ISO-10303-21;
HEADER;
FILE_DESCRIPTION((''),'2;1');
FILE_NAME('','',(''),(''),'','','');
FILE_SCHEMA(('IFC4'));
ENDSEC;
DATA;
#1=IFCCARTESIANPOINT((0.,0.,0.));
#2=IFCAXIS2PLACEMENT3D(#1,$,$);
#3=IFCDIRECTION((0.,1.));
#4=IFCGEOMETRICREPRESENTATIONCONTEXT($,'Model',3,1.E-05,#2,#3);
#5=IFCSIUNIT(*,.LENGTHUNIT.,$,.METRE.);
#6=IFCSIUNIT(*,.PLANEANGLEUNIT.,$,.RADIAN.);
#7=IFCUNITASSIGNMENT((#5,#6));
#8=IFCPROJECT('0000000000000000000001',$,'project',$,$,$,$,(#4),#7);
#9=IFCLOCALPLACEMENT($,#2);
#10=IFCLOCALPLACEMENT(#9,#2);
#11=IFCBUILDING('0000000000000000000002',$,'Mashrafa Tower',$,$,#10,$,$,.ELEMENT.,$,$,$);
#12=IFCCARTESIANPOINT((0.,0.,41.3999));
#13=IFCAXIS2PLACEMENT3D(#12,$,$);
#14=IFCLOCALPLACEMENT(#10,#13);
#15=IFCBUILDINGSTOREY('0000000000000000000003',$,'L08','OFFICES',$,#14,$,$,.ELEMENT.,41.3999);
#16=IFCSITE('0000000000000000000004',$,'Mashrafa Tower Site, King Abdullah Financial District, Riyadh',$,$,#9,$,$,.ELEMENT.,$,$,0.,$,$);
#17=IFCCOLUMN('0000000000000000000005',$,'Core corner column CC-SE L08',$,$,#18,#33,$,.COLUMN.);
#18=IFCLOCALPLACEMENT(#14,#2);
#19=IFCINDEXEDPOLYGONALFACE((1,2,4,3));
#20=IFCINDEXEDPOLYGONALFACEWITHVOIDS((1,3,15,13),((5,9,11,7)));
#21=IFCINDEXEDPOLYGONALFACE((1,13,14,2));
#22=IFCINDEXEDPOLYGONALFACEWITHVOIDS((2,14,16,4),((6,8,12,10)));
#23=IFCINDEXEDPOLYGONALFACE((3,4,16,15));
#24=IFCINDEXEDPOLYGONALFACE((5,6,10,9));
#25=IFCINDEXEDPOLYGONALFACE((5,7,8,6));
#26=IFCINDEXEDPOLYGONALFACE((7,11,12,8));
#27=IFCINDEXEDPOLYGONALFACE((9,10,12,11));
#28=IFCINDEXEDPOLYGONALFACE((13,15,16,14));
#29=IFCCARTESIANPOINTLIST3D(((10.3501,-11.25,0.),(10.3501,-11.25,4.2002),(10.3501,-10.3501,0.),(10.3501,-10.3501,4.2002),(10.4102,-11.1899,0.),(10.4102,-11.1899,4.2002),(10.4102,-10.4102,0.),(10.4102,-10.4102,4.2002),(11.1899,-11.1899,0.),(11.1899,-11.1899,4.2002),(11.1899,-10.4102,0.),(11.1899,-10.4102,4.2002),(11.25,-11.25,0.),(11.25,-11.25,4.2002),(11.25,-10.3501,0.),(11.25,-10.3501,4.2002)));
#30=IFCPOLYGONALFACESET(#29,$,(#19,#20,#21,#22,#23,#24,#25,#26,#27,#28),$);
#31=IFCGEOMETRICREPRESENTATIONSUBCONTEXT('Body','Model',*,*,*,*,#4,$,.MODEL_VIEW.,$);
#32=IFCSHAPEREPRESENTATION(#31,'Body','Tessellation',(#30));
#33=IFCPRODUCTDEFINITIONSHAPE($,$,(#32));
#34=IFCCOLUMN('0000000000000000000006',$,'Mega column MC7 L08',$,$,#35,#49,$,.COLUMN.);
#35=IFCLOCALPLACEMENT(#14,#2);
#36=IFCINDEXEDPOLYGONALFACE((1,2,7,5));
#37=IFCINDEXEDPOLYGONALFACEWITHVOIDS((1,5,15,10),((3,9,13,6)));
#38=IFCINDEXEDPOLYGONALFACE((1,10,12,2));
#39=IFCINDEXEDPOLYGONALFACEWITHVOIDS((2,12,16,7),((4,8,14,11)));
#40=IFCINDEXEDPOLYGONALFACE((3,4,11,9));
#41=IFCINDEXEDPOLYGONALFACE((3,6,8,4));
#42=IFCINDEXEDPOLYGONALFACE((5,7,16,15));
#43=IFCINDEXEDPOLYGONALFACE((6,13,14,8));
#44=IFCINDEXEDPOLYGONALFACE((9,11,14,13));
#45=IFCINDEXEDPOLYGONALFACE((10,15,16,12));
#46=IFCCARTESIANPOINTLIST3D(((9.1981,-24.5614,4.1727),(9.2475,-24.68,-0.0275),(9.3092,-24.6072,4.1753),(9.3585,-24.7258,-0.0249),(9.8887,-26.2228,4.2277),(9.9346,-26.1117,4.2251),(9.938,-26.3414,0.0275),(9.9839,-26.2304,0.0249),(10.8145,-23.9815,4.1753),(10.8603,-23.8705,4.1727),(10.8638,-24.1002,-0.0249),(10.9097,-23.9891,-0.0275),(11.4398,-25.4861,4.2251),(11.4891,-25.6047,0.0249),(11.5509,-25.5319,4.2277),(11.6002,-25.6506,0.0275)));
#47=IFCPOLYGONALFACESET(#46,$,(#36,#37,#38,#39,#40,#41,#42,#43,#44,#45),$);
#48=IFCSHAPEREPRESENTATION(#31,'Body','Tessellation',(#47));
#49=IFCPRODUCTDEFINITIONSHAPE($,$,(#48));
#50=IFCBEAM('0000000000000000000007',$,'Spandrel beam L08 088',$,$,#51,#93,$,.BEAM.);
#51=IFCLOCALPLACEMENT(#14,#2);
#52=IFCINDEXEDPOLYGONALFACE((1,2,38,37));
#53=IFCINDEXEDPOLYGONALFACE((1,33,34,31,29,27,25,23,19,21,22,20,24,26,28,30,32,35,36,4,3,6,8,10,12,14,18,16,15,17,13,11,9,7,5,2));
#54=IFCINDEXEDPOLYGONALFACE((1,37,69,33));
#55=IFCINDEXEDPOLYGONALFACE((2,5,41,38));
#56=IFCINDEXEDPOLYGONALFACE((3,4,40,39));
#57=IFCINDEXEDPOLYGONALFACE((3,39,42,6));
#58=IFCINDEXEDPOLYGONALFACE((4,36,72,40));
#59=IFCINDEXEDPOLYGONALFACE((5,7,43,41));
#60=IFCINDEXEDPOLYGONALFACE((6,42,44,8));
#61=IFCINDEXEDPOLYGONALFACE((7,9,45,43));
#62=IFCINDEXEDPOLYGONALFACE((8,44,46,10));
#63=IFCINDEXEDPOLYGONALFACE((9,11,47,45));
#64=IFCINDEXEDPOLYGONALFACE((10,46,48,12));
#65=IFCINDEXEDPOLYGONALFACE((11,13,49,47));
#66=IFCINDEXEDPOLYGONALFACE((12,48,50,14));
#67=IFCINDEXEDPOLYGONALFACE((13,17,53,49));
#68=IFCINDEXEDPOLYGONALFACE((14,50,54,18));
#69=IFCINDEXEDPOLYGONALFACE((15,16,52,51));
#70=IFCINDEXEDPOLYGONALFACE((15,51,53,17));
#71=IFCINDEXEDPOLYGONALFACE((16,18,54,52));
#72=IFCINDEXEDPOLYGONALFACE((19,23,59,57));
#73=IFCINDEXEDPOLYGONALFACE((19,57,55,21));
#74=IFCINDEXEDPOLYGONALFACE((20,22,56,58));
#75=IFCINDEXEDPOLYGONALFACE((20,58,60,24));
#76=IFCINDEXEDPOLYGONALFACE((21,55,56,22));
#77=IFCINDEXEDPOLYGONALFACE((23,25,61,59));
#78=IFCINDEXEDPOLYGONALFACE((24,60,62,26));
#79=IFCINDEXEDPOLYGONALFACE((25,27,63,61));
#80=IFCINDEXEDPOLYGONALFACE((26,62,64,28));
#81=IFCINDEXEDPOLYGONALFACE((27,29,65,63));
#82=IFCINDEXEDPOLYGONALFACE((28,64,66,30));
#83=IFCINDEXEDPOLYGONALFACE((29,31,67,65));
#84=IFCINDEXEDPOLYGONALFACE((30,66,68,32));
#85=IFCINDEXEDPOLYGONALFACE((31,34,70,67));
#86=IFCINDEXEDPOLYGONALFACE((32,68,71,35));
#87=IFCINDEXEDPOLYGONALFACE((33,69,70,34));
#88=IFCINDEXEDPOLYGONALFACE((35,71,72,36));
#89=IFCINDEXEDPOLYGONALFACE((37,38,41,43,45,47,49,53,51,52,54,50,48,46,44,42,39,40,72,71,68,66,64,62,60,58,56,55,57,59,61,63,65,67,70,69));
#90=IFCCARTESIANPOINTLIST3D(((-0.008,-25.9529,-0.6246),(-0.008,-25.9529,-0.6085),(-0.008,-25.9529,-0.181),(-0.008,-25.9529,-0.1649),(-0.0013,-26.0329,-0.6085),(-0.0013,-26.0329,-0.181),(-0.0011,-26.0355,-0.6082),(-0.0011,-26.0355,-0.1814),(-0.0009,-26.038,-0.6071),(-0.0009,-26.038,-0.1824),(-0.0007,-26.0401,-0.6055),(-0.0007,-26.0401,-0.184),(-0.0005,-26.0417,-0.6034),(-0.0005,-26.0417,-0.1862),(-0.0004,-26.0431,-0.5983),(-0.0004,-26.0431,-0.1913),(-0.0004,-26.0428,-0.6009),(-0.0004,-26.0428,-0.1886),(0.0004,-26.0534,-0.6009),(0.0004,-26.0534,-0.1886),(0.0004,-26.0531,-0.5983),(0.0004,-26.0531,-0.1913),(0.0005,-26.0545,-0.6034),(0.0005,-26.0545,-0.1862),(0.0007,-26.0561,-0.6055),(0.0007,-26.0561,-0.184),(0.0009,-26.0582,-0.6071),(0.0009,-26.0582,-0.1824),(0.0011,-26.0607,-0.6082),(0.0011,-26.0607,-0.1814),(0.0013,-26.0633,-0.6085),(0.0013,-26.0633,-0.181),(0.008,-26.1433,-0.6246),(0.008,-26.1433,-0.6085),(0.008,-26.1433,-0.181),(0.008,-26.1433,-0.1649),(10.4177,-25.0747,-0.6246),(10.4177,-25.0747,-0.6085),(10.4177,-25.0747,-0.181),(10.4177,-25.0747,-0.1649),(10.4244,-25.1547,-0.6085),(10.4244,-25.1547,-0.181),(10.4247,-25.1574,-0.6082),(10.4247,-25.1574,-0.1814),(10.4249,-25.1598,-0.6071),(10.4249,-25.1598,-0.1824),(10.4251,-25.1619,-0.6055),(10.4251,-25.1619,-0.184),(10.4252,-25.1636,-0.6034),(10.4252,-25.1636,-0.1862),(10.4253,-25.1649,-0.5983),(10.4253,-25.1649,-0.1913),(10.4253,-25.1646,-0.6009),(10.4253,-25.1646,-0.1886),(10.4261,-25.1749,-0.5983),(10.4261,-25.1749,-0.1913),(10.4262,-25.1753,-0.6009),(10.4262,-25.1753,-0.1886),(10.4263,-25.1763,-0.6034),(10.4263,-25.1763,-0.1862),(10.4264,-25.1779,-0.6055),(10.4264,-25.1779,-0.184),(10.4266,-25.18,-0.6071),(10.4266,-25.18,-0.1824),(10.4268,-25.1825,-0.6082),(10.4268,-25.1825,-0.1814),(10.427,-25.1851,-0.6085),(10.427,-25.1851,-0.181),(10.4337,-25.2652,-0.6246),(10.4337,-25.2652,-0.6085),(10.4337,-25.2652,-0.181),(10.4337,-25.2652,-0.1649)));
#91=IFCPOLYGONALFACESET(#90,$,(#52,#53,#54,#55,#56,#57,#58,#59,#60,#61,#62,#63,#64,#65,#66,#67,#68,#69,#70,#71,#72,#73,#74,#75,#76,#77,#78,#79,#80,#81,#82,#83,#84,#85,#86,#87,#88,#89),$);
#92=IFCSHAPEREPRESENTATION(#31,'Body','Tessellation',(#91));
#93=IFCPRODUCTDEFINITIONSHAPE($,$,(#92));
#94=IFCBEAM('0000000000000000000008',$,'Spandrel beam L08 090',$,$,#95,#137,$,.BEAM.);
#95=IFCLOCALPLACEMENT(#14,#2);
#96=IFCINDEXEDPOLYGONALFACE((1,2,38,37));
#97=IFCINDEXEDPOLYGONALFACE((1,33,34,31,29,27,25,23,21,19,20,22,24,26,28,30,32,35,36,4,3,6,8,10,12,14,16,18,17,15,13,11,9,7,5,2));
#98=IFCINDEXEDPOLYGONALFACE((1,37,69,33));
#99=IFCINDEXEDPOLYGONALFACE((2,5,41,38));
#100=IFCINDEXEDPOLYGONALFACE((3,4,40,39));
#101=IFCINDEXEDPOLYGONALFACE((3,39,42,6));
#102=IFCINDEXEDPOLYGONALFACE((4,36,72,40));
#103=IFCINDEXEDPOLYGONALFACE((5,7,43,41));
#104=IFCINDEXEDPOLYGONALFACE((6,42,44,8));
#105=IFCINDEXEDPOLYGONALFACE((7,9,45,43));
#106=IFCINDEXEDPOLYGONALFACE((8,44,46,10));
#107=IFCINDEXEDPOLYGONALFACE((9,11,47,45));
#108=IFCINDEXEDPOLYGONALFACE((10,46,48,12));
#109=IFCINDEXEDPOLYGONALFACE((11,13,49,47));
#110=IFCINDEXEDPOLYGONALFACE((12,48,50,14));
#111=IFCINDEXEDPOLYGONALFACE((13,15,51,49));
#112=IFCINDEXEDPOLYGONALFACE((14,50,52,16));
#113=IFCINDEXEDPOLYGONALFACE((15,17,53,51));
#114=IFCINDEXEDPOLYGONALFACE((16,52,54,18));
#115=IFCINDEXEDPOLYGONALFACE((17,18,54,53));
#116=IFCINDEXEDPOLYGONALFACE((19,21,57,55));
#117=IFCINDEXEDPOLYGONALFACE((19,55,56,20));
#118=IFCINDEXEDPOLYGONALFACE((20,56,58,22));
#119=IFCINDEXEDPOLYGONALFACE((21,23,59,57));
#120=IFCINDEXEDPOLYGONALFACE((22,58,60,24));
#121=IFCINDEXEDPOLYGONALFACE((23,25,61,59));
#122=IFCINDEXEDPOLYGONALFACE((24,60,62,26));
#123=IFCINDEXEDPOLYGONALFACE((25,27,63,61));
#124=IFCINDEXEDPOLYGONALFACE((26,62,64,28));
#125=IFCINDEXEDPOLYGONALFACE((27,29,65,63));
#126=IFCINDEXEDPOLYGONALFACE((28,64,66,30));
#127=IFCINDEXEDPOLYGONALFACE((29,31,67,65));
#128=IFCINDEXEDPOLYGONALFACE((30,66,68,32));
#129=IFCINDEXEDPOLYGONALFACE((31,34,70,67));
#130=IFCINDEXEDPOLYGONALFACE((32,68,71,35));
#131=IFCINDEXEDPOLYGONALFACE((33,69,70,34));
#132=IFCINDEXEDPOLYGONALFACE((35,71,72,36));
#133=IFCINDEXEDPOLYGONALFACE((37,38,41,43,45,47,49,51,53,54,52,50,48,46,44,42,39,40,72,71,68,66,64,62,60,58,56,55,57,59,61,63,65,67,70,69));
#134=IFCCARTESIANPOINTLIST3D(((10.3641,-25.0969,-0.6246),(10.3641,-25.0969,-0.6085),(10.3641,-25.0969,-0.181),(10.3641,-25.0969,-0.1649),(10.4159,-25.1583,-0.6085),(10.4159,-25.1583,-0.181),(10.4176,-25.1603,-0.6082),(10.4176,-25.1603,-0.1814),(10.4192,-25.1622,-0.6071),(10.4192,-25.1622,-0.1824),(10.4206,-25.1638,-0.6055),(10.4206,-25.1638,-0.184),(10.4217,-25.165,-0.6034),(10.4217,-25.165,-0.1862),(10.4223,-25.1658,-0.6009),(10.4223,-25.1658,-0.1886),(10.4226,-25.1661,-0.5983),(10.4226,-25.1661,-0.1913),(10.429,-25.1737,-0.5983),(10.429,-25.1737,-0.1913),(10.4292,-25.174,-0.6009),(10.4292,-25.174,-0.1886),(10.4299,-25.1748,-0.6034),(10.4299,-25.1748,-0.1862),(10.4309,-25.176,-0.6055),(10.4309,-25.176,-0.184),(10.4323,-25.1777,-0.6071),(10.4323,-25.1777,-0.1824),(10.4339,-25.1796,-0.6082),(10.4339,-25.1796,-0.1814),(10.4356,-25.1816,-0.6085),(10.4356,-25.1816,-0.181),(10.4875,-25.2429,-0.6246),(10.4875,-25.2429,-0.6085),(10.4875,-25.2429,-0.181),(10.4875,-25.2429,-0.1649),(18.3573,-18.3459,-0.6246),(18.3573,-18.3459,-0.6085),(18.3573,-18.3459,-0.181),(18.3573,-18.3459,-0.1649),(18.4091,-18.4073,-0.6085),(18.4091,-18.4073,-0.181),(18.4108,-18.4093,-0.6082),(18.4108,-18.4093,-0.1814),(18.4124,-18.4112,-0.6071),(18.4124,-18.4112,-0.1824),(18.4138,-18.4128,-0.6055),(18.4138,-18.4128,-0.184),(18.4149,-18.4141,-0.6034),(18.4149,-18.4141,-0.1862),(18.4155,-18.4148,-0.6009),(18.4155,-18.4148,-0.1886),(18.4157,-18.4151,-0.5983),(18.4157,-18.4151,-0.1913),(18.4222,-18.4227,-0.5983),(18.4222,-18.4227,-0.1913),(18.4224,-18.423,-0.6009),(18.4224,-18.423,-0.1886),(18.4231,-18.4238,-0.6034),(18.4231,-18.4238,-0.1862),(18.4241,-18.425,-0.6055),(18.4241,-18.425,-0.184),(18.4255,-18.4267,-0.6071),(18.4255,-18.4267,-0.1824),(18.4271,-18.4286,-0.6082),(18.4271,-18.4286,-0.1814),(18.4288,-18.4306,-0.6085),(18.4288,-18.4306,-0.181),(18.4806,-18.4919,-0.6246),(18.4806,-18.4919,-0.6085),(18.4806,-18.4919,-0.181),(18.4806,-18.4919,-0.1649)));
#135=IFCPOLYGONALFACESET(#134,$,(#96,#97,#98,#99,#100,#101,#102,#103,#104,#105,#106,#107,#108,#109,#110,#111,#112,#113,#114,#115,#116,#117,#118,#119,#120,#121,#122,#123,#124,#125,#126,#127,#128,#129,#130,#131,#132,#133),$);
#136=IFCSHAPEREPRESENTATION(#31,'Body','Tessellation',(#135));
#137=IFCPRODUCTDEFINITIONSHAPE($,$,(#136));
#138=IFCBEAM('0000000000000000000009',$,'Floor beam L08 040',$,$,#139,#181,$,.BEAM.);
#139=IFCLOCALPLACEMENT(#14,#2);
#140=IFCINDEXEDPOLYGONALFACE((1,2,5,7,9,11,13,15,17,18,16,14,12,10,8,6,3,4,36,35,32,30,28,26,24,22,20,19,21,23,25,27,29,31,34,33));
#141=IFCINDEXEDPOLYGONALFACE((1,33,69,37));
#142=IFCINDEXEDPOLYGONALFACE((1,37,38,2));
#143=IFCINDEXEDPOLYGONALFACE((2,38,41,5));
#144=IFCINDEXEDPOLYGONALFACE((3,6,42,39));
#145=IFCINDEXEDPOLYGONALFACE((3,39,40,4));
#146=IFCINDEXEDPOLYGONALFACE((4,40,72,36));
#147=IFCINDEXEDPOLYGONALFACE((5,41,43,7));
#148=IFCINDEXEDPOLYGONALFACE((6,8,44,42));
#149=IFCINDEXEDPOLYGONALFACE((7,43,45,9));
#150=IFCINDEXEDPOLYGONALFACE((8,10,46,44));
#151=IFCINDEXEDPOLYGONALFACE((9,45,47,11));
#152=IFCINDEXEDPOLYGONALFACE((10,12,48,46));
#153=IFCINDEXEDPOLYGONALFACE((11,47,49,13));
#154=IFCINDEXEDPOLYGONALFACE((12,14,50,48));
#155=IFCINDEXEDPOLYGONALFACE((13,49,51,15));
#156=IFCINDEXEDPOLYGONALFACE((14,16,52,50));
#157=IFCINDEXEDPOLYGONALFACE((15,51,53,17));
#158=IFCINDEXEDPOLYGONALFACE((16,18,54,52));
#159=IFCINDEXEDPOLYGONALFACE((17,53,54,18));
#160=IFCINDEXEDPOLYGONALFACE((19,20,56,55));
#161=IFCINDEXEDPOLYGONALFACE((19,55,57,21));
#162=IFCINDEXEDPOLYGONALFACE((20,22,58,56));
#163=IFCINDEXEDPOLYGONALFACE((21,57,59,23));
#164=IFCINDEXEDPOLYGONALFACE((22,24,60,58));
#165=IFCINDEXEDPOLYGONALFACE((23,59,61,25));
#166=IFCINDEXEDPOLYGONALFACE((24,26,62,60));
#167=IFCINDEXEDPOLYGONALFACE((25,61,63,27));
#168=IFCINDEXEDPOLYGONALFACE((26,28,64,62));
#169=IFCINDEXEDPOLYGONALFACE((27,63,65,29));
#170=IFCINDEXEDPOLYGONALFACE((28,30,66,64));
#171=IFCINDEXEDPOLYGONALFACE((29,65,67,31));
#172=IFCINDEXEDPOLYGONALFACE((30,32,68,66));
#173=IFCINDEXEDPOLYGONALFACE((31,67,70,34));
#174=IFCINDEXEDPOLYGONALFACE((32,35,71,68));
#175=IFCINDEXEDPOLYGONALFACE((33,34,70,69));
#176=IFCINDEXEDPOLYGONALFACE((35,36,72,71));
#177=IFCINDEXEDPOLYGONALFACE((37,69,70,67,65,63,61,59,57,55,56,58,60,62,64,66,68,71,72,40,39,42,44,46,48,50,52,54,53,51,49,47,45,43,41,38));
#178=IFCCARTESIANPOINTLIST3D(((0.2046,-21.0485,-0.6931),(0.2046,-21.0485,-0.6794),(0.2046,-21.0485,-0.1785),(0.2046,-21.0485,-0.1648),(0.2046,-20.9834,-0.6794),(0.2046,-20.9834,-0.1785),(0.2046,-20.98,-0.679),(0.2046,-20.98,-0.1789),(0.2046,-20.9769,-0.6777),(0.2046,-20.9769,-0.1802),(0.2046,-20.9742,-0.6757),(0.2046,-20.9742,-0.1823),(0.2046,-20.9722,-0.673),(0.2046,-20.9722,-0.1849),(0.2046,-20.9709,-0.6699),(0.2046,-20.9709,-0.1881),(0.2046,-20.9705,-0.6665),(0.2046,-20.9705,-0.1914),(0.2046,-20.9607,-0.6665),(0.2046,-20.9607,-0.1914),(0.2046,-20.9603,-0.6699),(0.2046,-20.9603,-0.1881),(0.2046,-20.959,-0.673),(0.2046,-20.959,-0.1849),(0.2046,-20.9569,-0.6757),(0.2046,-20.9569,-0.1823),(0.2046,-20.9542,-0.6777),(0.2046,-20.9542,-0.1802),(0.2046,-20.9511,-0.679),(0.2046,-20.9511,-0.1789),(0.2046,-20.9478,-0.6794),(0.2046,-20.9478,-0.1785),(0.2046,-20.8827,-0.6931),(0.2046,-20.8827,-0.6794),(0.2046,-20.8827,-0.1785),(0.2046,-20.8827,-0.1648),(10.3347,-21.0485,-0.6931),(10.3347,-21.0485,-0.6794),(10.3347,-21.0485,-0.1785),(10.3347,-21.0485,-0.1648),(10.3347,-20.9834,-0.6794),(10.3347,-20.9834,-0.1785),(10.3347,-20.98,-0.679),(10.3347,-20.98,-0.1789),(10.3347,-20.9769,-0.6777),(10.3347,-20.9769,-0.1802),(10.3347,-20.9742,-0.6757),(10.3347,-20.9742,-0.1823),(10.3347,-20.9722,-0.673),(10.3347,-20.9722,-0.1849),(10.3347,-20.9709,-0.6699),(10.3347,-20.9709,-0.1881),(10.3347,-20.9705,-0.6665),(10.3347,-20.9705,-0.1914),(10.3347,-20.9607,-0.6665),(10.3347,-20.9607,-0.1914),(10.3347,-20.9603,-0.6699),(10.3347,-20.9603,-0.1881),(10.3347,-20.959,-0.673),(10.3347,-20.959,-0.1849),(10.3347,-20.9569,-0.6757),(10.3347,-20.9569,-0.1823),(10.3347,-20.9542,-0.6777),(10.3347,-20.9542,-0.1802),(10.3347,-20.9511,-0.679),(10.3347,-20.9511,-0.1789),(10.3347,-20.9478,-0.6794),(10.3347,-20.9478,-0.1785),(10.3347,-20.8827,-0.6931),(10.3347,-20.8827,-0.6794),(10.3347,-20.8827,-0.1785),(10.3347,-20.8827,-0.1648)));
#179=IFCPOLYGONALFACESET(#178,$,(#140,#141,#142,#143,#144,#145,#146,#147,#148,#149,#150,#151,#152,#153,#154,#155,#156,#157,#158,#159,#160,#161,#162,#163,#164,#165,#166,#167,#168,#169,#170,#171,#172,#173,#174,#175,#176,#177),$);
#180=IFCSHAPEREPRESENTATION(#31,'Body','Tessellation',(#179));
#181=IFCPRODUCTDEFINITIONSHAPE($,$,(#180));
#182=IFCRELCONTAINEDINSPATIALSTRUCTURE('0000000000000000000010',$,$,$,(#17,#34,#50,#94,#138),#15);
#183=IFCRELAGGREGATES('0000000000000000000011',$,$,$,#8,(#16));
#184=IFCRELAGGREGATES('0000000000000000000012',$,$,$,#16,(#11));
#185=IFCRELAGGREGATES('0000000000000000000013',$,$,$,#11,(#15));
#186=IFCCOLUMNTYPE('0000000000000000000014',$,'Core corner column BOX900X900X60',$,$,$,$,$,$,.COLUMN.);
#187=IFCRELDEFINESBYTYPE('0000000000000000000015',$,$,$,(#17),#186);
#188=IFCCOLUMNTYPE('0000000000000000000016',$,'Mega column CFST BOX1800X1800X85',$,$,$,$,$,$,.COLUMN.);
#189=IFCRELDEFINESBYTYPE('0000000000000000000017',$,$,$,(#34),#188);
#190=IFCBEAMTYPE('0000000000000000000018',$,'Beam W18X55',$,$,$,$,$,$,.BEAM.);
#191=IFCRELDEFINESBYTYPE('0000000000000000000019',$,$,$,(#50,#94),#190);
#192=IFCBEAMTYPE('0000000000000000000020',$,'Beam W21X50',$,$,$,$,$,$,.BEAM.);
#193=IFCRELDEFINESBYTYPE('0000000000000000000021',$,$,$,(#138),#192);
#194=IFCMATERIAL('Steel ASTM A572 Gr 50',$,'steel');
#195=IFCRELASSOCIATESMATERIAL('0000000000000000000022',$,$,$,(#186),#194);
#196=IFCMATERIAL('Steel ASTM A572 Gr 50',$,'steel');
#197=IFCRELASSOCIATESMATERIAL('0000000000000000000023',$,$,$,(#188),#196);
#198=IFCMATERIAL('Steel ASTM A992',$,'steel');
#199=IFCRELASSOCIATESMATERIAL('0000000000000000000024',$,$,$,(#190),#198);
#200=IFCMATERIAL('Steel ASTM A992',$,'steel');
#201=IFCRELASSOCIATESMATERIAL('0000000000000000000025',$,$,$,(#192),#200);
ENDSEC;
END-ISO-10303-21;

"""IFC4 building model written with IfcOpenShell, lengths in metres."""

from ifc_helpers import new_model, si_unit, direction, frame, origin, origin_2d, place, context, subcontext, project, spatial, hollow_rectangle, i_section, extrude, material, material_profile, profile_set, type_object, element, save


model = new_model("IFC4")

# Units and contexts
model_context = context("Model", 3, precision=1e-05, world=origin(), true_north=direction((0.0, 1.0)))
body_context = subcontext(model_context, "Body", "Model", "MODEL_VIEW")
ifc_project = project(units=[si_unit("LENGTHUNIT", "METRE"), si_unit("PLANEANGLEUNIT", "RADIAN")], contexts=[model_context])

# Site, building, storey
site_placement = place(None, origin())
site = spatial("IfcSite", under=ifc_project, at=site_placement, Name="Mashrafa Tower Site, King Abdullah Financial District, Riyadh", CompositionType="ELEMENT", RefElevation=0.0)
building_placement = place(site_placement, origin())
building = spatial("IfcBuilding", under=site, at=building_placement, Name="Mashrafa Tower", CompositionType="ELEMENT")
storey_placement = place(building_placement, frame((0.0, 0.0, 41.3999)))
storey = spatial("IfcBuildingStorey", under=building, at=storey_placement, Name="L08", Description="OFFICES", CompositionType="ELEMENT", Elevation=41.3999)

# Columns
ifc_material_1 = material(Name="Steel ASTM A572 Gr 50", Category="steel")
ifc_material_profile_1 = material_profile(ifc_material_1, hollow_rectangle(XDim=0.8999, YDim=0.8999, WallThickness=0.0601, at=origin_2d()), Name="BOX900X900X60")
ifc_profile_set_1 = profile_set([ifc_material_profile_1], Name="Steel ASTM A572 Gr 50")
column_type_1 = type_object("IfcColumnType", Name="Core corner column BOX900X900X60", PredefinedType="COLUMN", material=ifc_profile_set_1)
column_1_placement = place(storey_placement, frame((10.8, -10.8, 0.0), z_axis=(0.0, 0.0, 1.0), x_axis=(1.0, 0.0, 0.0)))
element("IfcColumn", 1, at=column_1_placement, inside=storey, type_object=column_type_1, Name="Core corner column CC-SE L08", PredefinedType="COLUMN", context=body_context, shape_type="SweptSolid", body=[
    extrude(hollow_rectangle(XDim=0.8999, YDim=0.8999, WallThickness=0.0601, at=origin_2d()), origin(), (0.0, 0.0, 1.0), 4.2002),
])
ifc_material_2 = material(Name="Steel ASTM A572 Gr 50", Category="steel")
ifc_material_profile_2 = material_profile(ifc_material_2, hollow_rectangle(XDim=1.8, YDim=1.8, WallThickness=0.085, at=origin_2d()), Name="BOX1800X1800X85")
ifc_profile_set_2 = profile_set([ifc_material_profile_2], Name="Steel ASTM A572 Gr 50")
column_type_2 = type_object("IfcColumnType", Name="Mega column CFST BOX1800X1800X85", PredefinedType="COLUMN", material=ifc_profile_set_2)
column_2_placement = place(storey_placement, frame((10.4238, -25.1653, 0.0), z_axis=(-0.011736, 0.028236, 0.999532), x_axis=(-0.923414, -0.383806, 0.0)))
element("IfcColumn", 2, at=column_2_placement, inside=storey, type_object=column_type_2, Name="Mega column MC7 L08", PredefinedType="COLUMN", context=body_context, shape_type="SweptSolid", body=[
    extrude(hollow_rectangle(XDim=1.8, YDim=1.8, WallThickness=0.085, at=origin_2d()), origin(), (0.0, 0.0, 1.0), 4.2021),
])

# Beams
ifc_material_3 = material(Name="Steel ASTM A992", Category="steel")
ifc_material_profile_3 = material_profile(ifc_material_3, i_section(OverallWidth=0.1912, OverallDepth=0.4597, WebThickness=0.01, FlangeThickness=0.0161, FilletRadius=0.0103, at=origin_2d()), Name="W18X55")
ifc_profile_set_3 = profile_set([ifc_material_profile_3], Name="Steel ASTM A992")
beam_type_1 = type_object("IfcBeamType", Name="Beam W18X55", PredefinedType="BEAM", material=ifc_profile_set_3)
for number, where, z_axis, x_axis, name in (
    (3, (0.0, -26.0481, -0.3948), (0.996471, 0.083934, 0.0), (-0.083934, 0.996471, 0.0), "Spandrel beam L08 088"),
    (4, (10.4258, -25.1699, -0.3948), (0.763974, 0.645247, 0.0), (-0.645247, 0.763974, 0.0), "Spandrel beam L08 090"),
):
    element("IfcBeam", number, at=place(storey_placement, frame(where, z_axis=z_axis, x_axis=x_axis)), inside=storey, type_object=beam_type_1, Name=name, PredefinedType="BEAM", context=body_context, shape_type="SweptSolid", body=[
        extrude(i_section(OverallWidth=0.1912, OverallDepth=0.4597, WebThickness=0.01, FlangeThickness=0.0161, FilletRadius=0.0103, at=origin_2d()), origin(), (0.0, 0.0, 1.0), 10.4626),
    ])
ifc_material_4 = material(Name="Steel ASTM A992", Category="steel")
ifc_material_profile_4 = material_profile(ifc_material_4, i_section(OverallWidth=0.1658, OverallDepth=0.5283, WebThickness=0.0098, FlangeThickness=0.0137, FilletRadius=0.0129, at=origin_2d()), Name="W21X50")
ifc_profile_set_4 = profile_set([ifc_material_profile_4], Name="Steel ASTM A992")
beam_type_2 = type_object("IfcBeamType", Name="Beam W21X50", PredefinedType="BEAM", material=ifc_profile_set_4)
beam_1_placement = place(storey_placement, frame((10.3347, -20.9656, -0.429), z_axis=(-1.0, 0.0, 0.0), x_axis=(0.0, -1.0, 0.0)))
element("IfcBeam", 5, at=beam_1_placement, inside=storey, type_object=beam_type_2, Name="Floor beam L08 040", PredefinedType="BEAM", context=body_context, shape_type="SweptSolid", body=[
    extrude(i_section(OverallWidth=0.1658, OverallDepth=0.5283, WebThickness=0.0098, FlangeThickness=0.0137, FilletRadius=0.0129, at=origin_2d()), origin(), (0.0, 0.0, 1.0), 10.1301),
])

save(model, "model.ifc")
